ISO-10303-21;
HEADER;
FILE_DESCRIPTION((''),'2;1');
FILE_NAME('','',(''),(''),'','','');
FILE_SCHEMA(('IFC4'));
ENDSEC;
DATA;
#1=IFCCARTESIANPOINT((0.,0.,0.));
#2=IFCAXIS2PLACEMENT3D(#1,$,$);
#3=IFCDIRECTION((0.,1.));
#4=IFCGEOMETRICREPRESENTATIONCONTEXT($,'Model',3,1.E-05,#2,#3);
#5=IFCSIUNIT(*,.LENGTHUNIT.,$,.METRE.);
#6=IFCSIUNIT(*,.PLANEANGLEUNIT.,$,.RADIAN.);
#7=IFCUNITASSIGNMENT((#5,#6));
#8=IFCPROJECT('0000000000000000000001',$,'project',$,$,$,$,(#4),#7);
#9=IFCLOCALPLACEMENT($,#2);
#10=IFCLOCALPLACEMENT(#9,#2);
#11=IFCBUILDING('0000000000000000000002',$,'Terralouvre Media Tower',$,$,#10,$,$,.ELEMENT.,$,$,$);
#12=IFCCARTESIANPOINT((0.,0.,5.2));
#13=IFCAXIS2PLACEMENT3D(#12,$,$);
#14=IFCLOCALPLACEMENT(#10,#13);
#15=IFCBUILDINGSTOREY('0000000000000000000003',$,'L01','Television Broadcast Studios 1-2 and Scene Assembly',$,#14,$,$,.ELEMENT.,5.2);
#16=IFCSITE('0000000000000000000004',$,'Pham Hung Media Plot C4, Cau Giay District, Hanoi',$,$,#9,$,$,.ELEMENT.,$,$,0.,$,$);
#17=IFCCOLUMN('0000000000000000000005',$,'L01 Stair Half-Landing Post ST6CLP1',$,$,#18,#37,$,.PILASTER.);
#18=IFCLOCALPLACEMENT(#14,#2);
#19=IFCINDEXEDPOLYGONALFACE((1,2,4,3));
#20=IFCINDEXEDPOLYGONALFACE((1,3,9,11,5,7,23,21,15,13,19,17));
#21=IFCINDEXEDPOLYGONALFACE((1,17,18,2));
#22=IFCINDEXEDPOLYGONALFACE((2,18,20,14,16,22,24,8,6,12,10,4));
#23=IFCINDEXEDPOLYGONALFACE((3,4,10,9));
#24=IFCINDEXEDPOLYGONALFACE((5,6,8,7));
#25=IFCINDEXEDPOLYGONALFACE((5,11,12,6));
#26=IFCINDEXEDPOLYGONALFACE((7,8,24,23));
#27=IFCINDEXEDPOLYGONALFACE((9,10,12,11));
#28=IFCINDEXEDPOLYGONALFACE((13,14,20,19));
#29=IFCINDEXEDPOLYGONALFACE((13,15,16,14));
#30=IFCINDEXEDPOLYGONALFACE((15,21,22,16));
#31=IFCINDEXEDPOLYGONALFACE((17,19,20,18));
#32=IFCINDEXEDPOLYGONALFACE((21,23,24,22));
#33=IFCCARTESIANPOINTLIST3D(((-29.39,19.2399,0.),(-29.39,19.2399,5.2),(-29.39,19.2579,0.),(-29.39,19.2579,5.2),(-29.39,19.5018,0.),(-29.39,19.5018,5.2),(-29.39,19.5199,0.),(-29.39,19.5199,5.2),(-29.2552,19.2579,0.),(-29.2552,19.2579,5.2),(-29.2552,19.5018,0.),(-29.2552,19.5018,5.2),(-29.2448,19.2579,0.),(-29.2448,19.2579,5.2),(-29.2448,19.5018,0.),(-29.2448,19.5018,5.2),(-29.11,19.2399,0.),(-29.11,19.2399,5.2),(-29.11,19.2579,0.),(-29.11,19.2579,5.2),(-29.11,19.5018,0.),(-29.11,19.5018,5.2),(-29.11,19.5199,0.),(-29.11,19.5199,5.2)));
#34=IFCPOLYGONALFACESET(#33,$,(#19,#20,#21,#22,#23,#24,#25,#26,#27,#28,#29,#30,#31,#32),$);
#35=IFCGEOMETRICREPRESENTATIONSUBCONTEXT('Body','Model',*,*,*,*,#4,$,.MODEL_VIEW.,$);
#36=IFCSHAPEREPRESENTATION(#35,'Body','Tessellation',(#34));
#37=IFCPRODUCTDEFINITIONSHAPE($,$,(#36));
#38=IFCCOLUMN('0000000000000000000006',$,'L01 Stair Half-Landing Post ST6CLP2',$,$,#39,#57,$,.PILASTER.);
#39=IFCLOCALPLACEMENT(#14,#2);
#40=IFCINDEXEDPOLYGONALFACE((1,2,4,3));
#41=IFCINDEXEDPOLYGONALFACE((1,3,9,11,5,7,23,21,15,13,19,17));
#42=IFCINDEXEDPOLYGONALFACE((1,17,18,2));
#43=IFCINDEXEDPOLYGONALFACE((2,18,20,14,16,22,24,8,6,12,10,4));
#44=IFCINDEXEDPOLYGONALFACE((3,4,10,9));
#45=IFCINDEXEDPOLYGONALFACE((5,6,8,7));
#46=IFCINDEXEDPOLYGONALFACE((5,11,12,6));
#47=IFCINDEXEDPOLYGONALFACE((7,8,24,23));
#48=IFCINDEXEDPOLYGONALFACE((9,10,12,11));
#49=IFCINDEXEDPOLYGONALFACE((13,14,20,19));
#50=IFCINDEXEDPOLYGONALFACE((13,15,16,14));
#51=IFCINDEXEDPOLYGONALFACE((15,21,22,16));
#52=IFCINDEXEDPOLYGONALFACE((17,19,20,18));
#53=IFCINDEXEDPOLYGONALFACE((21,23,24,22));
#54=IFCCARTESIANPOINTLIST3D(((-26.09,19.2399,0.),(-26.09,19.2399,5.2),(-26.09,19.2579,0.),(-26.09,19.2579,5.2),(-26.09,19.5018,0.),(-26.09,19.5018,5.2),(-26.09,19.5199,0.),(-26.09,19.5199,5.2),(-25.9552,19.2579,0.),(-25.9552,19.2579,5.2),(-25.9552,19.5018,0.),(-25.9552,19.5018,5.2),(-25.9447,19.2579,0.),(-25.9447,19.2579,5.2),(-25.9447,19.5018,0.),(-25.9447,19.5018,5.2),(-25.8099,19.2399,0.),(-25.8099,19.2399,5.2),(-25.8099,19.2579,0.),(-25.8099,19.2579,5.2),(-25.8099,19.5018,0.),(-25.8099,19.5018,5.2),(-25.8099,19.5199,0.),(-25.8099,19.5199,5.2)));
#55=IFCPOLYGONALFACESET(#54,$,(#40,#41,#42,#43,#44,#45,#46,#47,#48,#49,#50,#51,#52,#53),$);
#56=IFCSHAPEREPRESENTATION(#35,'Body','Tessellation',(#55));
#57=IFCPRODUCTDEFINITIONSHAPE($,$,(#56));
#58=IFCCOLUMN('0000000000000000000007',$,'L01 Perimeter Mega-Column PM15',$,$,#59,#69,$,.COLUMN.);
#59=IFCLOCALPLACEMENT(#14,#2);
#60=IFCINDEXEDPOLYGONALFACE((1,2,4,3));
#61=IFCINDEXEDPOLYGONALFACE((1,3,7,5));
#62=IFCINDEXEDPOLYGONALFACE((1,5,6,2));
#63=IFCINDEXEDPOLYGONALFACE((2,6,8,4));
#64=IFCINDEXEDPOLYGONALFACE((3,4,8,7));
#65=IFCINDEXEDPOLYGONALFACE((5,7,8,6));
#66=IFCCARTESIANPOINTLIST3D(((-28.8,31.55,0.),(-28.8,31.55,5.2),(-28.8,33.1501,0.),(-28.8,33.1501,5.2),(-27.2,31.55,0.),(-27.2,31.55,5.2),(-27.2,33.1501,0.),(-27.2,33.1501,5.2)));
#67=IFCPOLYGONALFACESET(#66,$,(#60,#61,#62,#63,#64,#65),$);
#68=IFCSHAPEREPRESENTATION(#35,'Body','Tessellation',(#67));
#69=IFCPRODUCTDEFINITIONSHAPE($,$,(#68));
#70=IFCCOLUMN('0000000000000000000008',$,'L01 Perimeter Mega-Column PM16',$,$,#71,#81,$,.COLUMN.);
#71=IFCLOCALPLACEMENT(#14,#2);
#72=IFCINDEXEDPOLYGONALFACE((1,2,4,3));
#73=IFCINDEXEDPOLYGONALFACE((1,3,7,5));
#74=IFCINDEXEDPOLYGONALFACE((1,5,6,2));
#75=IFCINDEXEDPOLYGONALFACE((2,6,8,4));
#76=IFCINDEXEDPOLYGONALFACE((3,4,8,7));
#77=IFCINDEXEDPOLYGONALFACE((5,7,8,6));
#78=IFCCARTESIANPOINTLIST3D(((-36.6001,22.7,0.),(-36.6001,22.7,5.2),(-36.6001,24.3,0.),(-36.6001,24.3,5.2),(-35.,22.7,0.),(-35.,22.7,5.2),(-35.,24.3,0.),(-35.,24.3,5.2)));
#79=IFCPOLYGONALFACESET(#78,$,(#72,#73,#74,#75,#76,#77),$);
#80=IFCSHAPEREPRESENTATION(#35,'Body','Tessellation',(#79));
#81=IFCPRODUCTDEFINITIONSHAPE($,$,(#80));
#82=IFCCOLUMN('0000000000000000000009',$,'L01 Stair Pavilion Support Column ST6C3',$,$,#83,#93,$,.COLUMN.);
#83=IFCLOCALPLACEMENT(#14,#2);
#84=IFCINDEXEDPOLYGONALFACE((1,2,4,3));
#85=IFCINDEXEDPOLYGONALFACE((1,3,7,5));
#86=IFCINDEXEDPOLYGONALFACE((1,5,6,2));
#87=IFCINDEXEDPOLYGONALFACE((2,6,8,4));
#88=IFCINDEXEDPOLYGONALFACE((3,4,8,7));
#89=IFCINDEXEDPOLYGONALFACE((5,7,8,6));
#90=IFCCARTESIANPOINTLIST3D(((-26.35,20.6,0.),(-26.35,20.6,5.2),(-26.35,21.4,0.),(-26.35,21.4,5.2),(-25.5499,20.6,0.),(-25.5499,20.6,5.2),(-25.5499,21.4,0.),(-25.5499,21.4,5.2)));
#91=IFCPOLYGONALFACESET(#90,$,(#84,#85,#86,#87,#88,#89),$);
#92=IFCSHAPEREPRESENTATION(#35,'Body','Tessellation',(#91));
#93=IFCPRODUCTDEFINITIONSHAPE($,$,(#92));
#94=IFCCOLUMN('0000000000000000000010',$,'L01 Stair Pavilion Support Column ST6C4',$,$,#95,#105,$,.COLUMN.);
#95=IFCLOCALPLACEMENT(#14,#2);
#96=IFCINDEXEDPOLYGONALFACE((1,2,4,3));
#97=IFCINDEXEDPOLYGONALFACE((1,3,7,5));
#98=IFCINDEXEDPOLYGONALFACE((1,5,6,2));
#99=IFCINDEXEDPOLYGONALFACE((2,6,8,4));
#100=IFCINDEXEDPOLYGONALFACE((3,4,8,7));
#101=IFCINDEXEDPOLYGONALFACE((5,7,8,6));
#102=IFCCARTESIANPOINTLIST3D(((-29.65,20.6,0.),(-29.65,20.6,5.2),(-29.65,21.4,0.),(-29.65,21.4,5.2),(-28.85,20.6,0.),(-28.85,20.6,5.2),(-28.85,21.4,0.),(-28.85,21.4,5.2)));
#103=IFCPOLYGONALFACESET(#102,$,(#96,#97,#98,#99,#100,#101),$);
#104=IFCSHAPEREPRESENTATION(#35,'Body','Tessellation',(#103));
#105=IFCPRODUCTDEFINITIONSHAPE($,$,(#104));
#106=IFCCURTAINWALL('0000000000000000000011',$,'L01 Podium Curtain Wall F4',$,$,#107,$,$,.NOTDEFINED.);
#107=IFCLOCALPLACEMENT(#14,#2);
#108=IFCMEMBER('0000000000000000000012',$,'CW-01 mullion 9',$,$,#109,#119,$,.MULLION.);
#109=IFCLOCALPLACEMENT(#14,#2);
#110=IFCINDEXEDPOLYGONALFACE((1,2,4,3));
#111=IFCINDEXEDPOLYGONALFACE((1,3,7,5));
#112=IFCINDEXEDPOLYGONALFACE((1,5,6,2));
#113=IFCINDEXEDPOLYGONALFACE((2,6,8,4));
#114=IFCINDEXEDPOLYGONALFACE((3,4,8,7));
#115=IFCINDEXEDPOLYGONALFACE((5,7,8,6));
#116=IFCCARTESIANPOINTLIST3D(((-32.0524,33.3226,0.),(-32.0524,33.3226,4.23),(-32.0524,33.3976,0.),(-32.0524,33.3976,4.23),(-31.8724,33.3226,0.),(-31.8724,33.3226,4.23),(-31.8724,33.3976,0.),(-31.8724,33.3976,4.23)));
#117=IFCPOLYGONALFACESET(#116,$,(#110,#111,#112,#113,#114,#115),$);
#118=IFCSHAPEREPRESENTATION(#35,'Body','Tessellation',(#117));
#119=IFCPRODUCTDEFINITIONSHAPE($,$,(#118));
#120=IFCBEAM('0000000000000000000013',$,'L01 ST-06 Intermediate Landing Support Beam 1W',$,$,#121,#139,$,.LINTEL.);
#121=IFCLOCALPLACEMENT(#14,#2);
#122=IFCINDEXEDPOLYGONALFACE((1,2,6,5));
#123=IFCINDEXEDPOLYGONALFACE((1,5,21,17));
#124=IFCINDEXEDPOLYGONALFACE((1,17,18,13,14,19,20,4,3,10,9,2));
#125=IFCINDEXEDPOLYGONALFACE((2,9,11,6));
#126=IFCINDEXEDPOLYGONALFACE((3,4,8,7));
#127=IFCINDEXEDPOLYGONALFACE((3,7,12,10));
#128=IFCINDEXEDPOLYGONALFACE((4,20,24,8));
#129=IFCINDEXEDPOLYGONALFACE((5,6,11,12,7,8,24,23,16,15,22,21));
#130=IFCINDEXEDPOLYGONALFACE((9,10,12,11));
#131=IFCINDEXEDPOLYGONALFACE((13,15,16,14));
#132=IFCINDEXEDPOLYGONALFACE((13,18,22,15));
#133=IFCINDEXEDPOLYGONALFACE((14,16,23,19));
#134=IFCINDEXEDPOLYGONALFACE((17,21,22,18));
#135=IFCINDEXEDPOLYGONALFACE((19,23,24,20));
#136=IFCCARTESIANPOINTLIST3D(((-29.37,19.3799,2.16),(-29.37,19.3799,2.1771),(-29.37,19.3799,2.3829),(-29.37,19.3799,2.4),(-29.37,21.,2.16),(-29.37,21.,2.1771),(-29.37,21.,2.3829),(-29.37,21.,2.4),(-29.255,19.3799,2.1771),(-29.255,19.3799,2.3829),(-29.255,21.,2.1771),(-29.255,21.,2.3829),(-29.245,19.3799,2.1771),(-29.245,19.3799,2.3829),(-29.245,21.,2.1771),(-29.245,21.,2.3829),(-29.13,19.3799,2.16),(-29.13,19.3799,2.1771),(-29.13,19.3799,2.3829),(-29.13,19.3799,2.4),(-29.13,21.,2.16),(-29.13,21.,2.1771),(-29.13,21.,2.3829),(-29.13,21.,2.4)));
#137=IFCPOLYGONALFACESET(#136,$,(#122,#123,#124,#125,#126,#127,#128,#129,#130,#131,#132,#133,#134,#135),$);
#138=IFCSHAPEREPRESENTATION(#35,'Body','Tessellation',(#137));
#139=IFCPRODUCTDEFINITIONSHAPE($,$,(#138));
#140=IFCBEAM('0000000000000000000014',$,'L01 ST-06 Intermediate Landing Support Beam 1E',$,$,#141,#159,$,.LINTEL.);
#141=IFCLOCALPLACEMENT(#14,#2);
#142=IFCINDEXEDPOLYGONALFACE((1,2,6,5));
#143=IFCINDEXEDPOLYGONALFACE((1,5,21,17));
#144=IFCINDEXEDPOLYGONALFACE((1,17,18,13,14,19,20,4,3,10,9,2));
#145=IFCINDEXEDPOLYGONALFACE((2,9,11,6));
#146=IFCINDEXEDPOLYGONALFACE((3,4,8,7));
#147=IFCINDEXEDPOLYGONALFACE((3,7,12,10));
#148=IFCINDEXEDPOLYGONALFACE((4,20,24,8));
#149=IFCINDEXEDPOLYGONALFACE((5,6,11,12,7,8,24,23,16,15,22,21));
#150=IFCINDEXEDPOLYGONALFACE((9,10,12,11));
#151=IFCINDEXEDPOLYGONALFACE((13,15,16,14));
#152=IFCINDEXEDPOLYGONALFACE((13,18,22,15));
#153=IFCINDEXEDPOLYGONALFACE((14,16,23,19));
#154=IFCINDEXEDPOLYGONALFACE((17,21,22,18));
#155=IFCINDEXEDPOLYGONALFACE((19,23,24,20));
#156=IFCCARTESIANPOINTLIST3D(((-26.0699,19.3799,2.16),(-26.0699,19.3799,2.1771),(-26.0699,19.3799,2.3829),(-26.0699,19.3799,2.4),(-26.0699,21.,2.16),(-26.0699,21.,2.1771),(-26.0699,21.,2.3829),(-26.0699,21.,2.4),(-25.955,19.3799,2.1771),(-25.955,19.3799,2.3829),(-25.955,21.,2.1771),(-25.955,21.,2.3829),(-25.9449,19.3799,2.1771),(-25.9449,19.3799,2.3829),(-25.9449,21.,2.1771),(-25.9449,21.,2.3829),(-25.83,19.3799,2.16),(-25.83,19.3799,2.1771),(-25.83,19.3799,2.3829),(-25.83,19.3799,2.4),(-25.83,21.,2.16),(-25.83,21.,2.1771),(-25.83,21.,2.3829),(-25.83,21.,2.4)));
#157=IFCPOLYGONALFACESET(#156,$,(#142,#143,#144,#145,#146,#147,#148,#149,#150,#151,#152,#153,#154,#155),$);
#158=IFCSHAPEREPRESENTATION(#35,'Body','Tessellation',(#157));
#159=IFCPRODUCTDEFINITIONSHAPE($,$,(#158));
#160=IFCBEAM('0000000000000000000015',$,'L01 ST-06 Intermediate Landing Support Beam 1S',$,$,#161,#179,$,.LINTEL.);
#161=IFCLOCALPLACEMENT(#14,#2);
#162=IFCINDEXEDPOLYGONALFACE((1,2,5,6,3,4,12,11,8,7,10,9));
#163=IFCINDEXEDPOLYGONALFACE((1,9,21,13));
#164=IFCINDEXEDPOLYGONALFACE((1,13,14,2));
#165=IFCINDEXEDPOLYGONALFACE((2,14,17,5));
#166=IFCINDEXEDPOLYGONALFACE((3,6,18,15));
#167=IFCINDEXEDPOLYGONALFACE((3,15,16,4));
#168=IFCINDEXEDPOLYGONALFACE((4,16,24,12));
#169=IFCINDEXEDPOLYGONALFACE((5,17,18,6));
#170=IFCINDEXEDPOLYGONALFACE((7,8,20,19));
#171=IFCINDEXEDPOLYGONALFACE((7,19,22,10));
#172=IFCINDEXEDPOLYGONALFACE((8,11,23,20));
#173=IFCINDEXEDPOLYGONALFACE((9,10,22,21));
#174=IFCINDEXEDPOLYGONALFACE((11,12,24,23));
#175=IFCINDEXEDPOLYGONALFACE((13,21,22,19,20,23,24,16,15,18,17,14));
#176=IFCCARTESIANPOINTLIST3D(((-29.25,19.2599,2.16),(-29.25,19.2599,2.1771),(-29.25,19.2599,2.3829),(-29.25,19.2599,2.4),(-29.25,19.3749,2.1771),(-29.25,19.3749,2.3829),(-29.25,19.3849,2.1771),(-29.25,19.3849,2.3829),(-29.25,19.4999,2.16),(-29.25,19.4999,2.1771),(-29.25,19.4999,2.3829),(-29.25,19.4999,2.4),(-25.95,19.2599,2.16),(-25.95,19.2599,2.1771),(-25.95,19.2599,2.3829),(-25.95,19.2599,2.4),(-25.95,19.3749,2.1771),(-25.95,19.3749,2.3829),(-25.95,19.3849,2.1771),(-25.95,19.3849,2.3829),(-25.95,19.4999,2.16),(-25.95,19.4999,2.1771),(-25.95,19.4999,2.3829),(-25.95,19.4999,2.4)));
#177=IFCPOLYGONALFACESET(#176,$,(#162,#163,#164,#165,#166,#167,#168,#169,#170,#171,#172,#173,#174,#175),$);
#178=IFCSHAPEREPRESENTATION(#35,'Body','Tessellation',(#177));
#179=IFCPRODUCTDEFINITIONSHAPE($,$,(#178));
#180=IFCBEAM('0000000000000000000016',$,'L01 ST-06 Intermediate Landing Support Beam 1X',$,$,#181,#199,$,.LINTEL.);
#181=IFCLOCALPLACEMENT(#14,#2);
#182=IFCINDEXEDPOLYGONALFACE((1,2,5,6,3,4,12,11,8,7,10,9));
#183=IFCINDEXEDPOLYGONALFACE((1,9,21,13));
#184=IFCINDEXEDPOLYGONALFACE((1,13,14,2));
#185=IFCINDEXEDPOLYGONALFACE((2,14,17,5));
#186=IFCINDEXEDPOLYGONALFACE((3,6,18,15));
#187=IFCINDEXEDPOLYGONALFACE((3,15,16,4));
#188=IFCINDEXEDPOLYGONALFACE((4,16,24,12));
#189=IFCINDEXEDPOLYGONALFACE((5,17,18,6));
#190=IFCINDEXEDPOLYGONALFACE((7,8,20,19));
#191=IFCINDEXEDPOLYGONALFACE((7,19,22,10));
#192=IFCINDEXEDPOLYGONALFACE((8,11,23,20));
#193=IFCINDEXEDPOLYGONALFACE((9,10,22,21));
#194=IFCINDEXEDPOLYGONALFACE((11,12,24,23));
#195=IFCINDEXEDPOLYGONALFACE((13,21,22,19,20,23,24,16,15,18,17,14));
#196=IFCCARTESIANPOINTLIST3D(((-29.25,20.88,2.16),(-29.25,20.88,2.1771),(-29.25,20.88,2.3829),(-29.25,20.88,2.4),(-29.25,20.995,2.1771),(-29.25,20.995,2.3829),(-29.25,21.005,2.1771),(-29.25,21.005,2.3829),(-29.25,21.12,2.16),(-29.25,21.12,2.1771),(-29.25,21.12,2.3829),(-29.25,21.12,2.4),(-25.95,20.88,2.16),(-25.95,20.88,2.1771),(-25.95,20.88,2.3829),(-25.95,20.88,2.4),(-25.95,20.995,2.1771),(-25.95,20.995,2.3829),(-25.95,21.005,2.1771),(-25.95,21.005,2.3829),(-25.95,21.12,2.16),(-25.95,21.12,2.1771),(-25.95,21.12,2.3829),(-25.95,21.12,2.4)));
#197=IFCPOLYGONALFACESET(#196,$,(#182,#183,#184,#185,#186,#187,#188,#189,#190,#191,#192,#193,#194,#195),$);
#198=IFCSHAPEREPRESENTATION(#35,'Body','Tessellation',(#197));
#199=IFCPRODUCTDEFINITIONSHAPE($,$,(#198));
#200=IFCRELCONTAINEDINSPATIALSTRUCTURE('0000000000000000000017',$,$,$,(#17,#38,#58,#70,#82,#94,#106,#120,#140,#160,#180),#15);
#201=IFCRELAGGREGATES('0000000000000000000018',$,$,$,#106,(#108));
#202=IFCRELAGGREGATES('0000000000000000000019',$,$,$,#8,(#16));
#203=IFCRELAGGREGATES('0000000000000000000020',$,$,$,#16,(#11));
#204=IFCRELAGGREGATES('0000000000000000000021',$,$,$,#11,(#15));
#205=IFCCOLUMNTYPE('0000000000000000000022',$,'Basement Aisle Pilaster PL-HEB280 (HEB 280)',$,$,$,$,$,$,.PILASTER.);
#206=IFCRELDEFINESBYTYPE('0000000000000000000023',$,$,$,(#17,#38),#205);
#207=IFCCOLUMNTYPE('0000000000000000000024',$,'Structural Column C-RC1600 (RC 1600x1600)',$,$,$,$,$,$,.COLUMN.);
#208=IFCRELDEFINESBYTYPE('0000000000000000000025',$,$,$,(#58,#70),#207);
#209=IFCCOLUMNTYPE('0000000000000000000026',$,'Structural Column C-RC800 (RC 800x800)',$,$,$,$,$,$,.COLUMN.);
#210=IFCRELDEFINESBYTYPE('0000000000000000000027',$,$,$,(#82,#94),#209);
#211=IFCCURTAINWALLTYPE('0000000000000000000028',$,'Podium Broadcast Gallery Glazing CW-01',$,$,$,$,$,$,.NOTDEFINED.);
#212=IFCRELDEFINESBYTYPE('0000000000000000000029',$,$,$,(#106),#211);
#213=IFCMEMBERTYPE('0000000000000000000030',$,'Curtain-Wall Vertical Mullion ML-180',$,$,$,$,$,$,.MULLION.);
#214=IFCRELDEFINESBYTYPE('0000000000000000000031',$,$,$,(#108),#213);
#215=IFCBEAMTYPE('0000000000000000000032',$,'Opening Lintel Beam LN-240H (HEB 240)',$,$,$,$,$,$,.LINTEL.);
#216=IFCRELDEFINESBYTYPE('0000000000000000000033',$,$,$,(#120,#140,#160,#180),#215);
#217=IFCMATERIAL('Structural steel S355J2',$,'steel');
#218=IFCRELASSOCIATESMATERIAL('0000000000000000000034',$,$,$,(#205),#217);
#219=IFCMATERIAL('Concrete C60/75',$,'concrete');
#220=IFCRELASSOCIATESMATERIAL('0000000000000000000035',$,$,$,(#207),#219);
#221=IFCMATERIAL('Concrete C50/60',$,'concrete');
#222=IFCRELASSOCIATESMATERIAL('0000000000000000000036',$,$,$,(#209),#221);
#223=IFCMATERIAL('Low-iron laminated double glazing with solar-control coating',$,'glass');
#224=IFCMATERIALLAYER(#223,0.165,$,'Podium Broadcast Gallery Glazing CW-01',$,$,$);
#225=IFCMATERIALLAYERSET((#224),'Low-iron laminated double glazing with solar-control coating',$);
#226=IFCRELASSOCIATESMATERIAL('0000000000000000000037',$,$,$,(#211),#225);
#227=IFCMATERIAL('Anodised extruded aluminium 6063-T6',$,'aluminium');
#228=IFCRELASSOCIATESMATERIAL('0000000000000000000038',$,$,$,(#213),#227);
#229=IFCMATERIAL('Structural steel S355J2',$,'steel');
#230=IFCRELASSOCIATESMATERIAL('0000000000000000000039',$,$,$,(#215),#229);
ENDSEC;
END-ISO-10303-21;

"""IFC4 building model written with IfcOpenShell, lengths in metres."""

from ifc_helpers import new_model, si_unit, direction, frame, origin, origin_2d, place, context, subcontext, project, spatial, rectangle, i_section, extrude, material, layer, layer_set, material_profile, profile_set, type_object, element, aggregate, save


model = new_model("IFC4")

# Units and contexts
model_context = context("Model", 3, precision=1e-05, world=origin(), true_north=direction((0.0, 1.0)))
body_context = subcontext(model_context, "Body", "Model", "MODEL_VIEW")
ifc_project = project(units=[si_unit("LENGTHUNIT", "METRE"), si_unit("PLANEANGLEUNIT", "RADIAN")], contexts=[model_context])

# Site, building, storey
site_placement = place(None, origin())
site = spatial("IfcSite", under=ifc_project, at=site_placement, Name="Pham Hung Media Plot C4, Cau Giay District, Hanoi", CompositionType="ELEMENT", RefElevation=0.0)
building_placement = place(site_placement, origin())
building = spatial("IfcBuilding", under=site, at=building_placement, Name="Terralouvre Media Tower", CompositionType="ELEMENT")
storey_placement = place(building_placement, frame((0.0, 0.0, 5.2)))
storey = spatial("IfcBuildingStorey", under=building, at=storey_placement, Name="L01", Description="Television Broadcast Studios 1-2 and Scene Assembly", CompositionType="ELEMENT", Elevation=5.2)

# Columns
ifc_material_1 = material(Name="Structural steel S355J2", Category="steel")
ifc_material_profile_1 = material_profile(ifc_material_1, i_section(OverallWidth=0.28, OverallDepth=0.28, WebThickness=0.0105, FlangeThickness=0.0181, at=origin_2d()), Name="HEB 280")
ifc_profile_set_1 = profile_set([ifc_material_profile_1], Name="Structural steel S355J2")
column_type_1 = type_object("IfcColumnType", Name="Basement Aisle Pilaster PL-HEB280 (HEB 280)", PredefinedType="PILASTER", material=ifc_profile_set_1)
for number, where, z_axis, x_axis, name in (
    (1, (-29.25, 19.3799, 0.0), (0.0, 0.0, 1.0), (1.0, 0.0, 0.0), "L01 Stair Half-Landing Post ST6CLP1"),
    (2, (-25.95, 19.3799, 0.0), (0.0, 0.0, 1.0), (1.0, 0.0, 0.0), "L01 Stair Half-Landing Post ST6CLP2"),
):
    element("IfcColumn", number, at=place(storey_placement, frame(where, z_axis=z_axis, x_axis=x_axis)), inside=storey, type_object=column_type_1, Name=name, PredefinedType="PILASTER", context=body_context, shape_type="SweptSolid", body=[
        extrude(i_section(OverallWidth=0.28, OverallDepth=0.28, WebThickness=0.0105, FlangeThickness=0.0181, at=origin_2d()), origin(), (0.0, 0.0, 1.0), 5.2),
    ])
ifc_material_2 = material(Name="Concrete C60/75", Category="concrete")
ifc_material_profile_2 = material_profile(ifc_material_2, rectangle(XDim=1.6001, YDim=1.6001, at=origin_2d()), Name="RC 1600x1600")
ifc_profile_set_2 = profile_set([ifc_material_profile_2], Name="Concrete C60/75")
column_type_2 = type_object("IfcColumnType", Name="Structural Column C-RC1600 (RC 1600x1600)", PredefinedType="COLUMN", material=ifc_profile_set_2)
for number, where, z_axis, x_axis, name in (
    (3, (-28.0, 32.3501, 0.0), (0.0, 0.0, 1.0), (1.0, 0.0, 0.0), "L01 Perimeter Mega-Column PM15"),
    (4, (-35.8, 23.5, 0.0), (0.0, 0.0, 1.0), (1.0, 0.0, 0.0), "L01 Perimeter Mega-Column PM16"),
):
    element("IfcColumn", number, at=place(storey_placement, frame(where, z_axis=z_axis, x_axis=x_axis)), inside=storey, type_object=column_type_2, Name=name, PredefinedType="COLUMN", context=body_context, shape_type="SweptSolid", body=[
        extrude(rectangle(XDim=1.6001, YDim=1.6001, at=origin_2d()), origin(), (0.0, 0.0, 1.0), 5.2),
    ])
ifc_material_3 = material(Name="Concrete C50/60", Category="concrete")
ifc_material_profile_3 = material_profile(ifc_material_3, rectangle(XDim=0.8, YDim=0.8, at=origin_2d()), Name="RC 800x800")
ifc_profile_set_3 = profile_set([ifc_material_profile_3], Name="Concrete C50/60")
column_type_3 = type_object("IfcColumnType", Name="Structural Column C-RC800 (RC 800x800)", PredefinedType="COLUMN", material=ifc_profile_set_3)
for number, where, z_axis, x_axis, name in (
    (5, (-25.95, 21.0, 0.0), (0.0, 0.0, 1.0), (1.0, 0.0, 0.0), "L01 Stair Pavilion Support Column ST6C3"),
    (6, (-29.25, 21.0, 0.0), (0.0, 0.0, 1.0), (1.0, 0.0, 0.0), "L01 Stair Pavilion Support Column ST6C4"),
):
    element("IfcColumn", number, at=place(storey_placement, frame(where, z_axis=z_axis, x_axis=x_axis)), inside=storey, type_object=column_type_3, Name=name, PredefinedType="COLUMN", context=body_context, shape_type="SweptSolid", body=[
        extrude(rectangle(XDim=0.8, YDim=0.8, at=origin_2d()), origin(), (0.0, 0.0, 1.0), 5.2),
    ])

# Curtain wall, member
ifc_material_4 = material(Name="Low-iron laminated double glazing with solar-control coating", Category="glass")
ifc_layer_1 = layer(ifc_material_4, 0.165, Name="Podium Broadcast Gallery Glazing CW-01")
ifc_layer_set_1 = layer_set([ifc_layer_1], Name="Low-iron laminated double glazing with solar-control coating")
curtain_wall_type = type_object("IfcCurtainWallType", Name="Podium Broadcast Gallery Glazing CW-01", PredefinedType="NOTDEFINED", material=ifc_layer_set_1)
curtain_wall_placement = place(storey_placement, origin())
curtain_wall = element("IfcCurtainWall", 7, at=curtain_wall_placement, inside=storey, type_object=curtain_wall_type, Name="L01 Podium Curtain Wall F4", PredefinedType="NOTDEFINED")
ifc_material_5 = material(Name="Anodised extruded aluminium 6063-T6", Category="aluminium")
ifc_material_profile_4 = material_profile(ifc_material_5, rectangle(XDim=0.075, YDim=0.1799, at=origin_2d()), Name="ALU 75x180")
ifc_profile_set_4 = profile_set([ifc_material_profile_4], Name="Anodised extruded aluminium 6063-T6")
member_type = type_object("IfcMemberType", Name="Curtain-Wall Vertical Mullion ML-180", PredefinedType="MULLION", material=ifc_profile_set_4)
member_placement = place(storey_placement, frame((-31.9624, 33.3601, 0.0), z_axis=(0.0, 0.0, 1.0), x_axis=(0.0, -1.0, 0.0)))
member = element("IfcMember", 8, at=member_placement, type_object=member_type, Name="CW-01 mullion 9", PredefinedType="MULLION", context=body_context, shape_type="SweptSolid", body=[
    extrude(rectangle(XDim=0.075, YDim=0.1799, at=origin_2d()), origin(), (0.0, 0.0, 1.0), 4.23),
])

# Beams
ifc_material_6 = material(Name="Structural steel S355J2", Category="steel")
ifc_material_profile_5 = material_profile(ifc_material_6, i_section(OverallWidth=0.24, OverallDepth=0.24, WebThickness=0.01, FlangeThickness=0.0171, at=origin_2d()), Name="HEB 240")
ifc_profile_set_5 = profile_set([ifc_material_profile_5], Name="Structural steel S355J2")
beam_type_1 = type_object("IfcBeamType", Name="Opening Lintel Beam LN-240H (HEB 240)", PredefinedType="LINTEL", material=ifc_profile_set_5)
for number, where, z_axis, x_axis, name in (
    (9, (-29.25, 19.3799, 2.28), (0.0, 1.0, 0.0), (-1.0, 0.0, 0.0), "L01 ST-06 Intermediate Landing Support Beam 1W"),
    (10, (-25.95, 19.3799, 2.28), (0.0, 1.0, 0.0), (-1.0, 0.0, 0.0), "L01 ST-06 Intermediate Landing Support Beam 1E"),
):
    element("IfcBeam", number, at=place(storey_placement, frame(where, z_axis=z_axis, x_axis=x_axis)), inside=storey, type_object=beam_type_1, Name=name, PredefinedType="LINTEL", context=body_context, shape_type="SweptSolid", body=[
        extrude(i_section(OverallWidth=0.24, OverallDepth=0.24, WebThickness=0.01, FlangeThickness=0.0171, at=origin_2d()), origin(), (0.0, 0.0, 1.0), 1.6201),
    ])
for number, where, z_axis, x_axis, name in (
    (11, (-29.25, 19.3799, 2.28), (1.0, 0.0, 0.0), (0.0, 1.0, 0.0), "L01 ST-06 Intermediate Landing Support Beam 1S"),
    (12, (-29.25, 21.0, 2.28), (1.0, 0.0, 0.0), (0.0, 1.0, 0.0), "L01 ST-06 Intermediate Landing Support Beam 1X"),
):
    element("IfcBeam", number, at=place(storey_placement, frame(where, z_axis=z_axis, x_axis=x_axis)), inside=storey, type_object=beam_type_1, Name=name, PredefinedType="LINTEL", context=body_context, shape_type="SweptSolid", body=[
        extrude(i_section(OverallWidth=0.24, OverallDepth=0.24, WebThickness=0.01, FlangeThickness=0.0171, at=origin_2d()), origin(), (0.0, 0.0, 1.0), 3.3),
    ])

aggregate(curtain_wall, [member])

save(model, "model.ifc")
